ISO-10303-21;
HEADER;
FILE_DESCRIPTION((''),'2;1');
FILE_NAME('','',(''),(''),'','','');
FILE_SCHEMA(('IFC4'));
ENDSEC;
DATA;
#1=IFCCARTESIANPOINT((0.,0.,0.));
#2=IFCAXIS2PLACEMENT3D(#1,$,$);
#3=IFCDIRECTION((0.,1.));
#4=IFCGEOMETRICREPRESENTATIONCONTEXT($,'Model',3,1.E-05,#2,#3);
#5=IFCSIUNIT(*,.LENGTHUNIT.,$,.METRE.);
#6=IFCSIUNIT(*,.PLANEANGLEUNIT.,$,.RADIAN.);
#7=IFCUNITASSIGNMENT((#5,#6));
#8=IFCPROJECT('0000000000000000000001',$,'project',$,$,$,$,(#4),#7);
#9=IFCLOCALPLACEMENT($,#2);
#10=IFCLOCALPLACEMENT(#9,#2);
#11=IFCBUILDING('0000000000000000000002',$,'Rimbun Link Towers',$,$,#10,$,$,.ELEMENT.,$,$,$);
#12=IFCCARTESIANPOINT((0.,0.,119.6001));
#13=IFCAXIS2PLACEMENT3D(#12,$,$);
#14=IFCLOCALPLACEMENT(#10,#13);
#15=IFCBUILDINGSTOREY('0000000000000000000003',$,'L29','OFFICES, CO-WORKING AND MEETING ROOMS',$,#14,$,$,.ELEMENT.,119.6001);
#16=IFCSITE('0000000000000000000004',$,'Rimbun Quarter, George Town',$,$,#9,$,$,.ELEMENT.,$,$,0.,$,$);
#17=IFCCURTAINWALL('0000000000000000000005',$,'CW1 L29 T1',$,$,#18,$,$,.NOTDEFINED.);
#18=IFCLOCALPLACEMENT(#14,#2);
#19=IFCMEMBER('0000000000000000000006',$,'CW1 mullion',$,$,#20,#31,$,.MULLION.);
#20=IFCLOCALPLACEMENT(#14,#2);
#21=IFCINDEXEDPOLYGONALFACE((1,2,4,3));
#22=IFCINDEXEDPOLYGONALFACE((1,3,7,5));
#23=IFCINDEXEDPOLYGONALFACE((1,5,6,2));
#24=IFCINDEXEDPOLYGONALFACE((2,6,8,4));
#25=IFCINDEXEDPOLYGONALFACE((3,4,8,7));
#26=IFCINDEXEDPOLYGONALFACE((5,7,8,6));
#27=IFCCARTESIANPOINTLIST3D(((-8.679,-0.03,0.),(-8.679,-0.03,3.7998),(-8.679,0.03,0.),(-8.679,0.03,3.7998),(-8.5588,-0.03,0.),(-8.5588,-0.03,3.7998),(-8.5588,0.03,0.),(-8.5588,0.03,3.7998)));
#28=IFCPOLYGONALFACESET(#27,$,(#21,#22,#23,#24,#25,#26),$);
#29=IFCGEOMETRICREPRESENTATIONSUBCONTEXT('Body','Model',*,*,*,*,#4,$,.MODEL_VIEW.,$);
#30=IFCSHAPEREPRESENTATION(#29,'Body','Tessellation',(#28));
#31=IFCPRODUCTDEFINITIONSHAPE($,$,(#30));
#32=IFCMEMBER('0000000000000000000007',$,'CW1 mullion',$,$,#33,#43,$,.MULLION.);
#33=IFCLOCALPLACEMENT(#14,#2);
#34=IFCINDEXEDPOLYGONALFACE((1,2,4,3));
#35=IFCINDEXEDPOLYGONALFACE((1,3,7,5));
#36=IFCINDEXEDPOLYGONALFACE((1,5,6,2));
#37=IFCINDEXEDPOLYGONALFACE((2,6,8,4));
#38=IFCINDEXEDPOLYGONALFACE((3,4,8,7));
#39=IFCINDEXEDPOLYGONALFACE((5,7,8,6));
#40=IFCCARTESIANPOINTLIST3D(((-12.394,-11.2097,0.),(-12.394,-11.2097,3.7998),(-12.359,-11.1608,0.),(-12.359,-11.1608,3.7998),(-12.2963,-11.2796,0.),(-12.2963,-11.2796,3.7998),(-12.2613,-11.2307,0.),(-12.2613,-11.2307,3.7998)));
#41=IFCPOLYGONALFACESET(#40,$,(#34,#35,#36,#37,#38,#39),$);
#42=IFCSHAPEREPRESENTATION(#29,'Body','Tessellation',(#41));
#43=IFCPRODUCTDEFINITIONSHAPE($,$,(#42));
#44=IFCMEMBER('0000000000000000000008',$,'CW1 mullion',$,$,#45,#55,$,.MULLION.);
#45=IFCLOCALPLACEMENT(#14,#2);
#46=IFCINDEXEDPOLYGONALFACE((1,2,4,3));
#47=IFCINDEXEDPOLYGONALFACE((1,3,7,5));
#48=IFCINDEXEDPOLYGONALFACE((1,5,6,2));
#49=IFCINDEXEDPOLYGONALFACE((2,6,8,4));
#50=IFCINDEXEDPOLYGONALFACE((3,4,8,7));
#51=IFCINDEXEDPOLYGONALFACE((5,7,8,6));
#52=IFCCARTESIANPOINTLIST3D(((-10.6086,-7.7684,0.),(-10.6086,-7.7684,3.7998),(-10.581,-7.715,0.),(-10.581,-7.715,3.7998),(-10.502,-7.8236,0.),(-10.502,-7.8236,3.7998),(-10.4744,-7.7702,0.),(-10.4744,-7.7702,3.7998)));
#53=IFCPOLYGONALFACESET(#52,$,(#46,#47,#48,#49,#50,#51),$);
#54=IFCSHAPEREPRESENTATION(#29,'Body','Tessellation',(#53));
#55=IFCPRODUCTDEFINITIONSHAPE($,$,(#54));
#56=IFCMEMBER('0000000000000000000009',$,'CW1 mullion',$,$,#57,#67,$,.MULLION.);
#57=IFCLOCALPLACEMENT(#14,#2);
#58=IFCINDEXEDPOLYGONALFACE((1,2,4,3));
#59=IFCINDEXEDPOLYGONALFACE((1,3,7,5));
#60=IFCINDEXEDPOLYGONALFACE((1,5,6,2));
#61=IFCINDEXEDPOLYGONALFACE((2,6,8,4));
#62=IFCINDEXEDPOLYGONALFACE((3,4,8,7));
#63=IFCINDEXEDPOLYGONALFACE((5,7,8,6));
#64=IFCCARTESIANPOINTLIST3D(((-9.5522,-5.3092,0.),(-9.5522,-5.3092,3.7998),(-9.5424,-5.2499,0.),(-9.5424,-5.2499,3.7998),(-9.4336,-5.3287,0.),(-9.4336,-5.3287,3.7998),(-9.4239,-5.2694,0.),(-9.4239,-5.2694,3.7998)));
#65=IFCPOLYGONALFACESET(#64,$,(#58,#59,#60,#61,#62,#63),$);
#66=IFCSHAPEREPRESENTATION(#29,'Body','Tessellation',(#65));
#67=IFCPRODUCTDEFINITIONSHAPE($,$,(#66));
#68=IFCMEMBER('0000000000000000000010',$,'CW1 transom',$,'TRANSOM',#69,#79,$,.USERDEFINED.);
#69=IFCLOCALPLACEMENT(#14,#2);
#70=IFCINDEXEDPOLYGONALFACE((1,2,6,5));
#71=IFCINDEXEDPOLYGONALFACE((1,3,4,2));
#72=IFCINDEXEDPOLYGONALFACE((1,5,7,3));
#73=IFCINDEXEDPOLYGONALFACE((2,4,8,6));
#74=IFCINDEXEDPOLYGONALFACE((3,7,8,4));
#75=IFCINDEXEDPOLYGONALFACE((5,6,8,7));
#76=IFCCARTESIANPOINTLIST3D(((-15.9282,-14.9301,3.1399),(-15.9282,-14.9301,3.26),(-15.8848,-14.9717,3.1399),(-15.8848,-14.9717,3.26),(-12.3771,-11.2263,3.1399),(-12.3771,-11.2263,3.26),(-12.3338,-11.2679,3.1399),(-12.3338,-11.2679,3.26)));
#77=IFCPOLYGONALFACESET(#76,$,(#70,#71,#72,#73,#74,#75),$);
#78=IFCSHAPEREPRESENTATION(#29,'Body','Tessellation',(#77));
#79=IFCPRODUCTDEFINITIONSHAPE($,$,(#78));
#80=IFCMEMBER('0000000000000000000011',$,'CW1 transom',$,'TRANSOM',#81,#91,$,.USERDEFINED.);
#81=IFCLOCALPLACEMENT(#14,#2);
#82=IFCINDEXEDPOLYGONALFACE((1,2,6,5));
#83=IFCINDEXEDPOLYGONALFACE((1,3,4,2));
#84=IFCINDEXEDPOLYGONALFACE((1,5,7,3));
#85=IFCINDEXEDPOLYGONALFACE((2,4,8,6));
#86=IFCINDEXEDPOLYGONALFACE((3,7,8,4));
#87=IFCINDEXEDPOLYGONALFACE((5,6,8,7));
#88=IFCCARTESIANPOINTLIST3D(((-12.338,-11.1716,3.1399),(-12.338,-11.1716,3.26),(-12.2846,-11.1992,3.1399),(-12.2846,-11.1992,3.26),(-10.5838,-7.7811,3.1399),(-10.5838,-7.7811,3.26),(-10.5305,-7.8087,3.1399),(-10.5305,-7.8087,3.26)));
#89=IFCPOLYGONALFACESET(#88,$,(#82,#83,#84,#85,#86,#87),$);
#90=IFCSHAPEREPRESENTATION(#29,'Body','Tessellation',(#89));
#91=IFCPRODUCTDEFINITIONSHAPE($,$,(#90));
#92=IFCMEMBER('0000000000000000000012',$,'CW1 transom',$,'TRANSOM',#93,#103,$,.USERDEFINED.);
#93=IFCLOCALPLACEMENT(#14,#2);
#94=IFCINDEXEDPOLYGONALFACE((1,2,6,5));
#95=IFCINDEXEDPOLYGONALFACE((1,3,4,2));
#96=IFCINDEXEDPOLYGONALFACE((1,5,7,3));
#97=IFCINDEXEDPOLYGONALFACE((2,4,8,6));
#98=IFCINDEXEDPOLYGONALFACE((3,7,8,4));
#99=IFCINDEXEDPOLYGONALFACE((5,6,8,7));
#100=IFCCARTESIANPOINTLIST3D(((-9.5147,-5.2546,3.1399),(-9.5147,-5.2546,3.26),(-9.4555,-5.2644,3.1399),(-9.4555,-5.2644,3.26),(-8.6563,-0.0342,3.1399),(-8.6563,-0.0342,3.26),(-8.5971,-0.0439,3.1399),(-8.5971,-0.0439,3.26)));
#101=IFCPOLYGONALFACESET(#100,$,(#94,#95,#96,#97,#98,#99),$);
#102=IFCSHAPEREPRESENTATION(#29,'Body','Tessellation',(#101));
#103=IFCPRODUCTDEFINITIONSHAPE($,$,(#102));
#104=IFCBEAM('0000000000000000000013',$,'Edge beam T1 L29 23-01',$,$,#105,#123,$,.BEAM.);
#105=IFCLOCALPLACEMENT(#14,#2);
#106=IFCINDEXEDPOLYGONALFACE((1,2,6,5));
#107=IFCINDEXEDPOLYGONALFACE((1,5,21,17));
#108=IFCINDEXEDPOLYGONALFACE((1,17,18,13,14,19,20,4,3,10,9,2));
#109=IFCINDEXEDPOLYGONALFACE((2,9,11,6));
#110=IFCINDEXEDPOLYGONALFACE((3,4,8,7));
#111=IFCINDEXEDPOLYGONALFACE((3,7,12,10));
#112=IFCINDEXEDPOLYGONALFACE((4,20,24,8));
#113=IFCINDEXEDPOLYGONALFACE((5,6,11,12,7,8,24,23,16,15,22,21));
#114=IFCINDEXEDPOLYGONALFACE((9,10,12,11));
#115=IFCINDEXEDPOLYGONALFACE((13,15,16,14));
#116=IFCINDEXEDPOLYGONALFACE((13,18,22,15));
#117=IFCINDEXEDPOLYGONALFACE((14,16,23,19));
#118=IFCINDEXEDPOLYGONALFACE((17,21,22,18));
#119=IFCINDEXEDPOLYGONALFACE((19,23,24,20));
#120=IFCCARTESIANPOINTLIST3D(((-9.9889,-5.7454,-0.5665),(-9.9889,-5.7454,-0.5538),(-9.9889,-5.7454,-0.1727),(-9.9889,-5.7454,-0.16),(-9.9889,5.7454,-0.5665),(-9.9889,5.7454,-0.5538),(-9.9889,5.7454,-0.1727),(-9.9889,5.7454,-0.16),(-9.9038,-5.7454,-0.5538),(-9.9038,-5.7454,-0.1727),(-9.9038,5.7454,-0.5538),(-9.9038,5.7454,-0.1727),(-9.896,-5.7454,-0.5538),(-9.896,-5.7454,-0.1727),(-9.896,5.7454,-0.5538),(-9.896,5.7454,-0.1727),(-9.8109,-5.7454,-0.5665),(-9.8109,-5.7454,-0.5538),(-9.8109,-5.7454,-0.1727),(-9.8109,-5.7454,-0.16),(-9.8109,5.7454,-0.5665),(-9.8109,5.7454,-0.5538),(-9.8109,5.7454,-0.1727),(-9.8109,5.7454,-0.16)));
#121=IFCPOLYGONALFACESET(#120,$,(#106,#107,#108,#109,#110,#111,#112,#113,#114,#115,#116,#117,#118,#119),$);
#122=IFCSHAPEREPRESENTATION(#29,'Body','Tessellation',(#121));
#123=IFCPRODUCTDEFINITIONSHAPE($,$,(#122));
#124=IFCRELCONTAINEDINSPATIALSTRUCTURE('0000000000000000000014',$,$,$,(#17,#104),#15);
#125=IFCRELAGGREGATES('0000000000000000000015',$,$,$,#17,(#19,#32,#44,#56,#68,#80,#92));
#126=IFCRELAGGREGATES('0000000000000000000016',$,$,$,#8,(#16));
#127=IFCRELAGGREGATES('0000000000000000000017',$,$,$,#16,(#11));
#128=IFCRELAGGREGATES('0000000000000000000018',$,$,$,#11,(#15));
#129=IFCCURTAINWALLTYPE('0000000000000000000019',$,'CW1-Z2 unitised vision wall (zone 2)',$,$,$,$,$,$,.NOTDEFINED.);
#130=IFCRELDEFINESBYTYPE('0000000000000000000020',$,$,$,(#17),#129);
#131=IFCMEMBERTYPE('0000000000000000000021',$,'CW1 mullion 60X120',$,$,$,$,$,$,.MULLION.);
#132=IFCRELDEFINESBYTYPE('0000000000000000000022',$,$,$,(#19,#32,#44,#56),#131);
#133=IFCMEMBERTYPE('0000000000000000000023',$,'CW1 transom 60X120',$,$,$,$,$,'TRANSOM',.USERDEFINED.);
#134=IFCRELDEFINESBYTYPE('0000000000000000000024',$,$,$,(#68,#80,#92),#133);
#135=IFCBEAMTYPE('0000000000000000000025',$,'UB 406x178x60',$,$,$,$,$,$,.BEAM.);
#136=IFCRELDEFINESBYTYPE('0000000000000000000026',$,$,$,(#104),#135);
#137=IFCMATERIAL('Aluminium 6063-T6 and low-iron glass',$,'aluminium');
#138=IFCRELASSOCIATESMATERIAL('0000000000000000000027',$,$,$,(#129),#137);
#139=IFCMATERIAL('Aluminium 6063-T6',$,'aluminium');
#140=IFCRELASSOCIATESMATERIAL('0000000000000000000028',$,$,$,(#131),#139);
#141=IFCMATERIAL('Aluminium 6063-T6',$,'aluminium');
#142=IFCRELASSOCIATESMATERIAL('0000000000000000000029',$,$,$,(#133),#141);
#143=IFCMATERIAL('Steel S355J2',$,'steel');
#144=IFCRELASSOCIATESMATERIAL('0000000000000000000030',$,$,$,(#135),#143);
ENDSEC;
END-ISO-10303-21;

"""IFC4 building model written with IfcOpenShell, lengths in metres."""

from ifc_helpers import new_model, si_unit, direction, frame, origin, origin_2d, place, context, subcontext, project, spatial, rectangle, i_section, extrude, material, material_profile, profile_set, type_object, element, aggregate, save


model = new_model("IFC4")

# Units and contexts
model_context = context("Model", 3, precision=1e-05, world=origin(), true_north=direction((0.0, 1.0)))
body_context = subcontext(model_context, "Body", "Model", "MODEL_VIEW")
ifc_project = project(units=[si_unit("LENGTHUNIT", "METRE"), si_unit("PLANEANGLEUNIT", "RADIAN")], contexts=[model_context])

# Site, building, storey
site_placement = place(None, origin())
site = spatial("IfcSite", under=ifc_project, at=site_placement, Name="Rimbun Quarter, George Town", CompositionType="ELEMENT", RefElevation=0.0)
building_placement = place(site_placement, origin())
building = spatial("IfcBuilding", under=site, at=building_placement, Name="Rimbun Link Towers", CompositionType="ELEMENT")
storey_placement = place(building_placement, frame((0.0, 0.0, 119.6001)))
storey = spatial("IfcBuildingStorey", under=building, at=storey_placement, Name="L29", Description="OFFICES, CO-WORKING AND MEETING ROOMS", CompositionType="ELEMENT", Elevation=119.6001)

# Curtain wall, members
ifc_material_1 = material(Name="Aluminium 6063-T6 and low-iron glass", Category="aluminium")
curtain_wall_type = type_object("IfcCurtainWallType", Name="CW1-Z2 unitised vision wall (zone 2)", PredefinedType="NOTDEFINED", material=ifc_material_1)
curtain_wall_placement = place(storey_placement, origin())
curtain_wall = element("IfcCurtainWall", 1, at=curtain_wall_placement, inside=storey, type_object=curtain_wall_type, Name="CW1 L29 T1", PredefinedType="NOTDEFINED")
ifc_material_2 = material(Name="Aluminium 6063-T6", Category="aluminium")
ifc_material_profile_1 = material_profile(ifc_material_2, rectangle(XDim=0.1201, YDim=0.0601, at=origin_2d()), Name="MULLION 60X120")
ifc_profile_set_1 = profile_set([ifc_material_profile_1], Name="Aluminium 6063-T6")
member_type_1 = type_object("IfcMemberType", Name="CW1 mullion 60X120", PredefinedType="MULLION", material=ifc_profile_set_1)
member_1_placement = place(storey_placement, frame((-8.6189, 0.0, 0.0), z_axis=(0.0, 0.0, 1.0), x_axis=(1.0, 0.0, 0.0)))
member_1 = element("IfcMember", 2, at=member_1_placement, type_object=member_type_1, Name="CW1 mullion", PredefinedType="MULLION", context=body_context, shape_type="SweptSolid", body=[
    extrude(rectangle(XDim=0.1201, YDim=0.0601, at=origin_2d()), origin(), (0.0, 0.0, 1.0), 3.7998),
])
member_2_placement = place(storey_placement, frame((-12.3276, -11.2202, 0.0), z_axis=(0.0, 0.0, 1.0), x_axis=(0.813348, -0.581777, 0.0)))
member_2 = element("IfcMember", 3, at=member_2_placement, type_object=member_type_1, Name="CW1 mullion", PredefinedType="MULLION", context=body_context, shape_type="SweptSolid", body=[
    extrude(rectangle(XDim=0.1201, YDim=0.0601, at=origin_2d()), origin(), (0.0, 0.0, 1.0), 3.7998),
])
member_3_placement = place(storey_placement, frame((-10.5415, -7.7693, 0.0), z_axis=(0.0, 0.0, 1.0), x_axis=(0.888157, -0.459541, 0.0)))
member_3 = element("IfcMember", 4, at=member_3_placement, type_object=member_type_1, Name="CW1 mullion", PredefinedType="MULLION", context=body_context, shape_type="SweptSolid", body=[
    extrude(rectangle(XDim=0.1201, YDim=0.0601, at=origin_2d()), origin(), (0.0, 0.0, 1.0), 3.7998),
])
member_4_placement = place(storey_placement, frame((-9.488, -5.2893, 0.0), z_axis=(0.0, 0.0, 1.0), x_axis=(0.986747, -0.162269, 0.0)))
member_4 = element("IfcMember", 5, at=member_4_placement, type_object=member_type_1, Name="CW1 mullion", PredefinedType="MULLION", context=body_context, shape_type="SweptSolid", body=[
    extrude(rectangle(XDim=0.1201, YDim=0.0601, at=origin_2d()), origin(), (0.0, 0.0, 1.0), 3.7998),
])
ifc_material_3 = material(Name="Aluminium 6063-T6", Category="aluminium")
ifc_material_profile_2 = material_profile(ifc_material_3, rectangle(XDim=0.0601, YDim=0.1201, at=origin_2d()), Name="TRANSOM 60X120")
ifc_profile_set_2 = profile_set([ifc_material_profile_2], Name="Aluminium 6063-T6")
member_type_2 = type_object("IfcMemberType", Name="CW1 transom 60X120", ElementType="TRANSOM", PredefinedType="USERDEFINED", material=ifc_profile_set_2)
member_5_placement = place(storey_placement, frame((-12.3555, -11.2471, 3.2), z_axis=(-0.692057, -0.721843, 0.0), x_axis=(0.721843, -0.692057, 0.0)))
member_5 = element("IfcMember", 6, at=member_5_placement, type_object=member_type_2, Name="CW1 transom", ObjectType="TRANSOM", PredefinedType="USERDEFINED", context=body_context, shape_type="SweptSolid", body=[
    extrude(rectangle(XDim=0.0601, YDim=0.1201, at=origin_2d()), origin(), (0.0, 0.0, 1.0), 5.1311),
])
member_6_placement = place(storey_placement, frame((-10.5571, -7.7949, 3.2), z_axis=(-0.459527, -0.888164, 0.0), x_axis=(0.888164, -0.459527, 0.0)))
member_6 = element("IfcMember", 7, at=member_6_placement, type_object=member_type_2, Name="CW1 transom", ObjectType="TRANSOM", PredefinedType="USERDEFINED", context=body_context, shape_type="SweptSolid", body=[
    extrude(rectangle(XDim=0.0601, YDim=0.1201, at=origin_2d()), origin(), (0.0, 0.0, 1.0), 3.8174),
])
member_7_placement = place(storey_placement, frame((-8.6267, -0.0391, 3.2), z_axis=(-0.162251, -0.98675, 0.0), x_axis=(0.98675, -0.162251, 0.0)))
member_7 = element("IfcMember", 8, at=member_7_placement, type_object=member_type_2, Name="CW1 transom", ObjectType="TRANSOM", PredefinedType="USERDEFINED", context=body_context, shape_type="SweptSolid", body=[
    extrude(rectangle(XDim=0.0601, YDim=0.1201, at=origin_2d()), origin(), (0.0, 0.0, 1.0), 5.2905),
])

# Beam
ifc_material_4 = material(Name="Steel S355J2", Category="steel")
ifc_material_profile_3 = material_profile(ifc_material_4, i_section(OverallWidth=0.178, OverallDepth=0.4065, WebThickness=0.0078, FlangeThickness=0.0127, at=origin_2d()), Name="UB 406x178x60")
ifc_profile_set_3 = profile_set([ifc_material_profile_3], Name="Steel S355J2")
beam_type = type_object("IfcBeamType", Name="UB 406x178x60", PredefinedType="BEAM", material=ifc_profile_set_3)
beam_placement = place(storey_placement, frame((-9.8999, -5.7454, -0.3633), z_axis=(0.0, 1.0, 0.0), x_axis=(-1.0, 0.0, 0.0)))
element("IfcBeam", 9, at=beam_placement, inside=storey, type_object=beam_type, Name="Edge beam T1 L29 23-01", PredefinedType="BEAM", context=body_context, shape_type="SweptSolid", body=[
    extrude(i_section(OverallWidth=0.178, OverallDepth=0.4065, WebThickness=0.0078, FlangeThickness=0.0127, at=origin_2d()), origin(), (0.0, 0.0, 1.0), 11.4907),
])

aggregate(curtain_wall, [member_1, member_2, member_3, member_4, member_5, member_6, member_7])

save(model, "model.ifc")
